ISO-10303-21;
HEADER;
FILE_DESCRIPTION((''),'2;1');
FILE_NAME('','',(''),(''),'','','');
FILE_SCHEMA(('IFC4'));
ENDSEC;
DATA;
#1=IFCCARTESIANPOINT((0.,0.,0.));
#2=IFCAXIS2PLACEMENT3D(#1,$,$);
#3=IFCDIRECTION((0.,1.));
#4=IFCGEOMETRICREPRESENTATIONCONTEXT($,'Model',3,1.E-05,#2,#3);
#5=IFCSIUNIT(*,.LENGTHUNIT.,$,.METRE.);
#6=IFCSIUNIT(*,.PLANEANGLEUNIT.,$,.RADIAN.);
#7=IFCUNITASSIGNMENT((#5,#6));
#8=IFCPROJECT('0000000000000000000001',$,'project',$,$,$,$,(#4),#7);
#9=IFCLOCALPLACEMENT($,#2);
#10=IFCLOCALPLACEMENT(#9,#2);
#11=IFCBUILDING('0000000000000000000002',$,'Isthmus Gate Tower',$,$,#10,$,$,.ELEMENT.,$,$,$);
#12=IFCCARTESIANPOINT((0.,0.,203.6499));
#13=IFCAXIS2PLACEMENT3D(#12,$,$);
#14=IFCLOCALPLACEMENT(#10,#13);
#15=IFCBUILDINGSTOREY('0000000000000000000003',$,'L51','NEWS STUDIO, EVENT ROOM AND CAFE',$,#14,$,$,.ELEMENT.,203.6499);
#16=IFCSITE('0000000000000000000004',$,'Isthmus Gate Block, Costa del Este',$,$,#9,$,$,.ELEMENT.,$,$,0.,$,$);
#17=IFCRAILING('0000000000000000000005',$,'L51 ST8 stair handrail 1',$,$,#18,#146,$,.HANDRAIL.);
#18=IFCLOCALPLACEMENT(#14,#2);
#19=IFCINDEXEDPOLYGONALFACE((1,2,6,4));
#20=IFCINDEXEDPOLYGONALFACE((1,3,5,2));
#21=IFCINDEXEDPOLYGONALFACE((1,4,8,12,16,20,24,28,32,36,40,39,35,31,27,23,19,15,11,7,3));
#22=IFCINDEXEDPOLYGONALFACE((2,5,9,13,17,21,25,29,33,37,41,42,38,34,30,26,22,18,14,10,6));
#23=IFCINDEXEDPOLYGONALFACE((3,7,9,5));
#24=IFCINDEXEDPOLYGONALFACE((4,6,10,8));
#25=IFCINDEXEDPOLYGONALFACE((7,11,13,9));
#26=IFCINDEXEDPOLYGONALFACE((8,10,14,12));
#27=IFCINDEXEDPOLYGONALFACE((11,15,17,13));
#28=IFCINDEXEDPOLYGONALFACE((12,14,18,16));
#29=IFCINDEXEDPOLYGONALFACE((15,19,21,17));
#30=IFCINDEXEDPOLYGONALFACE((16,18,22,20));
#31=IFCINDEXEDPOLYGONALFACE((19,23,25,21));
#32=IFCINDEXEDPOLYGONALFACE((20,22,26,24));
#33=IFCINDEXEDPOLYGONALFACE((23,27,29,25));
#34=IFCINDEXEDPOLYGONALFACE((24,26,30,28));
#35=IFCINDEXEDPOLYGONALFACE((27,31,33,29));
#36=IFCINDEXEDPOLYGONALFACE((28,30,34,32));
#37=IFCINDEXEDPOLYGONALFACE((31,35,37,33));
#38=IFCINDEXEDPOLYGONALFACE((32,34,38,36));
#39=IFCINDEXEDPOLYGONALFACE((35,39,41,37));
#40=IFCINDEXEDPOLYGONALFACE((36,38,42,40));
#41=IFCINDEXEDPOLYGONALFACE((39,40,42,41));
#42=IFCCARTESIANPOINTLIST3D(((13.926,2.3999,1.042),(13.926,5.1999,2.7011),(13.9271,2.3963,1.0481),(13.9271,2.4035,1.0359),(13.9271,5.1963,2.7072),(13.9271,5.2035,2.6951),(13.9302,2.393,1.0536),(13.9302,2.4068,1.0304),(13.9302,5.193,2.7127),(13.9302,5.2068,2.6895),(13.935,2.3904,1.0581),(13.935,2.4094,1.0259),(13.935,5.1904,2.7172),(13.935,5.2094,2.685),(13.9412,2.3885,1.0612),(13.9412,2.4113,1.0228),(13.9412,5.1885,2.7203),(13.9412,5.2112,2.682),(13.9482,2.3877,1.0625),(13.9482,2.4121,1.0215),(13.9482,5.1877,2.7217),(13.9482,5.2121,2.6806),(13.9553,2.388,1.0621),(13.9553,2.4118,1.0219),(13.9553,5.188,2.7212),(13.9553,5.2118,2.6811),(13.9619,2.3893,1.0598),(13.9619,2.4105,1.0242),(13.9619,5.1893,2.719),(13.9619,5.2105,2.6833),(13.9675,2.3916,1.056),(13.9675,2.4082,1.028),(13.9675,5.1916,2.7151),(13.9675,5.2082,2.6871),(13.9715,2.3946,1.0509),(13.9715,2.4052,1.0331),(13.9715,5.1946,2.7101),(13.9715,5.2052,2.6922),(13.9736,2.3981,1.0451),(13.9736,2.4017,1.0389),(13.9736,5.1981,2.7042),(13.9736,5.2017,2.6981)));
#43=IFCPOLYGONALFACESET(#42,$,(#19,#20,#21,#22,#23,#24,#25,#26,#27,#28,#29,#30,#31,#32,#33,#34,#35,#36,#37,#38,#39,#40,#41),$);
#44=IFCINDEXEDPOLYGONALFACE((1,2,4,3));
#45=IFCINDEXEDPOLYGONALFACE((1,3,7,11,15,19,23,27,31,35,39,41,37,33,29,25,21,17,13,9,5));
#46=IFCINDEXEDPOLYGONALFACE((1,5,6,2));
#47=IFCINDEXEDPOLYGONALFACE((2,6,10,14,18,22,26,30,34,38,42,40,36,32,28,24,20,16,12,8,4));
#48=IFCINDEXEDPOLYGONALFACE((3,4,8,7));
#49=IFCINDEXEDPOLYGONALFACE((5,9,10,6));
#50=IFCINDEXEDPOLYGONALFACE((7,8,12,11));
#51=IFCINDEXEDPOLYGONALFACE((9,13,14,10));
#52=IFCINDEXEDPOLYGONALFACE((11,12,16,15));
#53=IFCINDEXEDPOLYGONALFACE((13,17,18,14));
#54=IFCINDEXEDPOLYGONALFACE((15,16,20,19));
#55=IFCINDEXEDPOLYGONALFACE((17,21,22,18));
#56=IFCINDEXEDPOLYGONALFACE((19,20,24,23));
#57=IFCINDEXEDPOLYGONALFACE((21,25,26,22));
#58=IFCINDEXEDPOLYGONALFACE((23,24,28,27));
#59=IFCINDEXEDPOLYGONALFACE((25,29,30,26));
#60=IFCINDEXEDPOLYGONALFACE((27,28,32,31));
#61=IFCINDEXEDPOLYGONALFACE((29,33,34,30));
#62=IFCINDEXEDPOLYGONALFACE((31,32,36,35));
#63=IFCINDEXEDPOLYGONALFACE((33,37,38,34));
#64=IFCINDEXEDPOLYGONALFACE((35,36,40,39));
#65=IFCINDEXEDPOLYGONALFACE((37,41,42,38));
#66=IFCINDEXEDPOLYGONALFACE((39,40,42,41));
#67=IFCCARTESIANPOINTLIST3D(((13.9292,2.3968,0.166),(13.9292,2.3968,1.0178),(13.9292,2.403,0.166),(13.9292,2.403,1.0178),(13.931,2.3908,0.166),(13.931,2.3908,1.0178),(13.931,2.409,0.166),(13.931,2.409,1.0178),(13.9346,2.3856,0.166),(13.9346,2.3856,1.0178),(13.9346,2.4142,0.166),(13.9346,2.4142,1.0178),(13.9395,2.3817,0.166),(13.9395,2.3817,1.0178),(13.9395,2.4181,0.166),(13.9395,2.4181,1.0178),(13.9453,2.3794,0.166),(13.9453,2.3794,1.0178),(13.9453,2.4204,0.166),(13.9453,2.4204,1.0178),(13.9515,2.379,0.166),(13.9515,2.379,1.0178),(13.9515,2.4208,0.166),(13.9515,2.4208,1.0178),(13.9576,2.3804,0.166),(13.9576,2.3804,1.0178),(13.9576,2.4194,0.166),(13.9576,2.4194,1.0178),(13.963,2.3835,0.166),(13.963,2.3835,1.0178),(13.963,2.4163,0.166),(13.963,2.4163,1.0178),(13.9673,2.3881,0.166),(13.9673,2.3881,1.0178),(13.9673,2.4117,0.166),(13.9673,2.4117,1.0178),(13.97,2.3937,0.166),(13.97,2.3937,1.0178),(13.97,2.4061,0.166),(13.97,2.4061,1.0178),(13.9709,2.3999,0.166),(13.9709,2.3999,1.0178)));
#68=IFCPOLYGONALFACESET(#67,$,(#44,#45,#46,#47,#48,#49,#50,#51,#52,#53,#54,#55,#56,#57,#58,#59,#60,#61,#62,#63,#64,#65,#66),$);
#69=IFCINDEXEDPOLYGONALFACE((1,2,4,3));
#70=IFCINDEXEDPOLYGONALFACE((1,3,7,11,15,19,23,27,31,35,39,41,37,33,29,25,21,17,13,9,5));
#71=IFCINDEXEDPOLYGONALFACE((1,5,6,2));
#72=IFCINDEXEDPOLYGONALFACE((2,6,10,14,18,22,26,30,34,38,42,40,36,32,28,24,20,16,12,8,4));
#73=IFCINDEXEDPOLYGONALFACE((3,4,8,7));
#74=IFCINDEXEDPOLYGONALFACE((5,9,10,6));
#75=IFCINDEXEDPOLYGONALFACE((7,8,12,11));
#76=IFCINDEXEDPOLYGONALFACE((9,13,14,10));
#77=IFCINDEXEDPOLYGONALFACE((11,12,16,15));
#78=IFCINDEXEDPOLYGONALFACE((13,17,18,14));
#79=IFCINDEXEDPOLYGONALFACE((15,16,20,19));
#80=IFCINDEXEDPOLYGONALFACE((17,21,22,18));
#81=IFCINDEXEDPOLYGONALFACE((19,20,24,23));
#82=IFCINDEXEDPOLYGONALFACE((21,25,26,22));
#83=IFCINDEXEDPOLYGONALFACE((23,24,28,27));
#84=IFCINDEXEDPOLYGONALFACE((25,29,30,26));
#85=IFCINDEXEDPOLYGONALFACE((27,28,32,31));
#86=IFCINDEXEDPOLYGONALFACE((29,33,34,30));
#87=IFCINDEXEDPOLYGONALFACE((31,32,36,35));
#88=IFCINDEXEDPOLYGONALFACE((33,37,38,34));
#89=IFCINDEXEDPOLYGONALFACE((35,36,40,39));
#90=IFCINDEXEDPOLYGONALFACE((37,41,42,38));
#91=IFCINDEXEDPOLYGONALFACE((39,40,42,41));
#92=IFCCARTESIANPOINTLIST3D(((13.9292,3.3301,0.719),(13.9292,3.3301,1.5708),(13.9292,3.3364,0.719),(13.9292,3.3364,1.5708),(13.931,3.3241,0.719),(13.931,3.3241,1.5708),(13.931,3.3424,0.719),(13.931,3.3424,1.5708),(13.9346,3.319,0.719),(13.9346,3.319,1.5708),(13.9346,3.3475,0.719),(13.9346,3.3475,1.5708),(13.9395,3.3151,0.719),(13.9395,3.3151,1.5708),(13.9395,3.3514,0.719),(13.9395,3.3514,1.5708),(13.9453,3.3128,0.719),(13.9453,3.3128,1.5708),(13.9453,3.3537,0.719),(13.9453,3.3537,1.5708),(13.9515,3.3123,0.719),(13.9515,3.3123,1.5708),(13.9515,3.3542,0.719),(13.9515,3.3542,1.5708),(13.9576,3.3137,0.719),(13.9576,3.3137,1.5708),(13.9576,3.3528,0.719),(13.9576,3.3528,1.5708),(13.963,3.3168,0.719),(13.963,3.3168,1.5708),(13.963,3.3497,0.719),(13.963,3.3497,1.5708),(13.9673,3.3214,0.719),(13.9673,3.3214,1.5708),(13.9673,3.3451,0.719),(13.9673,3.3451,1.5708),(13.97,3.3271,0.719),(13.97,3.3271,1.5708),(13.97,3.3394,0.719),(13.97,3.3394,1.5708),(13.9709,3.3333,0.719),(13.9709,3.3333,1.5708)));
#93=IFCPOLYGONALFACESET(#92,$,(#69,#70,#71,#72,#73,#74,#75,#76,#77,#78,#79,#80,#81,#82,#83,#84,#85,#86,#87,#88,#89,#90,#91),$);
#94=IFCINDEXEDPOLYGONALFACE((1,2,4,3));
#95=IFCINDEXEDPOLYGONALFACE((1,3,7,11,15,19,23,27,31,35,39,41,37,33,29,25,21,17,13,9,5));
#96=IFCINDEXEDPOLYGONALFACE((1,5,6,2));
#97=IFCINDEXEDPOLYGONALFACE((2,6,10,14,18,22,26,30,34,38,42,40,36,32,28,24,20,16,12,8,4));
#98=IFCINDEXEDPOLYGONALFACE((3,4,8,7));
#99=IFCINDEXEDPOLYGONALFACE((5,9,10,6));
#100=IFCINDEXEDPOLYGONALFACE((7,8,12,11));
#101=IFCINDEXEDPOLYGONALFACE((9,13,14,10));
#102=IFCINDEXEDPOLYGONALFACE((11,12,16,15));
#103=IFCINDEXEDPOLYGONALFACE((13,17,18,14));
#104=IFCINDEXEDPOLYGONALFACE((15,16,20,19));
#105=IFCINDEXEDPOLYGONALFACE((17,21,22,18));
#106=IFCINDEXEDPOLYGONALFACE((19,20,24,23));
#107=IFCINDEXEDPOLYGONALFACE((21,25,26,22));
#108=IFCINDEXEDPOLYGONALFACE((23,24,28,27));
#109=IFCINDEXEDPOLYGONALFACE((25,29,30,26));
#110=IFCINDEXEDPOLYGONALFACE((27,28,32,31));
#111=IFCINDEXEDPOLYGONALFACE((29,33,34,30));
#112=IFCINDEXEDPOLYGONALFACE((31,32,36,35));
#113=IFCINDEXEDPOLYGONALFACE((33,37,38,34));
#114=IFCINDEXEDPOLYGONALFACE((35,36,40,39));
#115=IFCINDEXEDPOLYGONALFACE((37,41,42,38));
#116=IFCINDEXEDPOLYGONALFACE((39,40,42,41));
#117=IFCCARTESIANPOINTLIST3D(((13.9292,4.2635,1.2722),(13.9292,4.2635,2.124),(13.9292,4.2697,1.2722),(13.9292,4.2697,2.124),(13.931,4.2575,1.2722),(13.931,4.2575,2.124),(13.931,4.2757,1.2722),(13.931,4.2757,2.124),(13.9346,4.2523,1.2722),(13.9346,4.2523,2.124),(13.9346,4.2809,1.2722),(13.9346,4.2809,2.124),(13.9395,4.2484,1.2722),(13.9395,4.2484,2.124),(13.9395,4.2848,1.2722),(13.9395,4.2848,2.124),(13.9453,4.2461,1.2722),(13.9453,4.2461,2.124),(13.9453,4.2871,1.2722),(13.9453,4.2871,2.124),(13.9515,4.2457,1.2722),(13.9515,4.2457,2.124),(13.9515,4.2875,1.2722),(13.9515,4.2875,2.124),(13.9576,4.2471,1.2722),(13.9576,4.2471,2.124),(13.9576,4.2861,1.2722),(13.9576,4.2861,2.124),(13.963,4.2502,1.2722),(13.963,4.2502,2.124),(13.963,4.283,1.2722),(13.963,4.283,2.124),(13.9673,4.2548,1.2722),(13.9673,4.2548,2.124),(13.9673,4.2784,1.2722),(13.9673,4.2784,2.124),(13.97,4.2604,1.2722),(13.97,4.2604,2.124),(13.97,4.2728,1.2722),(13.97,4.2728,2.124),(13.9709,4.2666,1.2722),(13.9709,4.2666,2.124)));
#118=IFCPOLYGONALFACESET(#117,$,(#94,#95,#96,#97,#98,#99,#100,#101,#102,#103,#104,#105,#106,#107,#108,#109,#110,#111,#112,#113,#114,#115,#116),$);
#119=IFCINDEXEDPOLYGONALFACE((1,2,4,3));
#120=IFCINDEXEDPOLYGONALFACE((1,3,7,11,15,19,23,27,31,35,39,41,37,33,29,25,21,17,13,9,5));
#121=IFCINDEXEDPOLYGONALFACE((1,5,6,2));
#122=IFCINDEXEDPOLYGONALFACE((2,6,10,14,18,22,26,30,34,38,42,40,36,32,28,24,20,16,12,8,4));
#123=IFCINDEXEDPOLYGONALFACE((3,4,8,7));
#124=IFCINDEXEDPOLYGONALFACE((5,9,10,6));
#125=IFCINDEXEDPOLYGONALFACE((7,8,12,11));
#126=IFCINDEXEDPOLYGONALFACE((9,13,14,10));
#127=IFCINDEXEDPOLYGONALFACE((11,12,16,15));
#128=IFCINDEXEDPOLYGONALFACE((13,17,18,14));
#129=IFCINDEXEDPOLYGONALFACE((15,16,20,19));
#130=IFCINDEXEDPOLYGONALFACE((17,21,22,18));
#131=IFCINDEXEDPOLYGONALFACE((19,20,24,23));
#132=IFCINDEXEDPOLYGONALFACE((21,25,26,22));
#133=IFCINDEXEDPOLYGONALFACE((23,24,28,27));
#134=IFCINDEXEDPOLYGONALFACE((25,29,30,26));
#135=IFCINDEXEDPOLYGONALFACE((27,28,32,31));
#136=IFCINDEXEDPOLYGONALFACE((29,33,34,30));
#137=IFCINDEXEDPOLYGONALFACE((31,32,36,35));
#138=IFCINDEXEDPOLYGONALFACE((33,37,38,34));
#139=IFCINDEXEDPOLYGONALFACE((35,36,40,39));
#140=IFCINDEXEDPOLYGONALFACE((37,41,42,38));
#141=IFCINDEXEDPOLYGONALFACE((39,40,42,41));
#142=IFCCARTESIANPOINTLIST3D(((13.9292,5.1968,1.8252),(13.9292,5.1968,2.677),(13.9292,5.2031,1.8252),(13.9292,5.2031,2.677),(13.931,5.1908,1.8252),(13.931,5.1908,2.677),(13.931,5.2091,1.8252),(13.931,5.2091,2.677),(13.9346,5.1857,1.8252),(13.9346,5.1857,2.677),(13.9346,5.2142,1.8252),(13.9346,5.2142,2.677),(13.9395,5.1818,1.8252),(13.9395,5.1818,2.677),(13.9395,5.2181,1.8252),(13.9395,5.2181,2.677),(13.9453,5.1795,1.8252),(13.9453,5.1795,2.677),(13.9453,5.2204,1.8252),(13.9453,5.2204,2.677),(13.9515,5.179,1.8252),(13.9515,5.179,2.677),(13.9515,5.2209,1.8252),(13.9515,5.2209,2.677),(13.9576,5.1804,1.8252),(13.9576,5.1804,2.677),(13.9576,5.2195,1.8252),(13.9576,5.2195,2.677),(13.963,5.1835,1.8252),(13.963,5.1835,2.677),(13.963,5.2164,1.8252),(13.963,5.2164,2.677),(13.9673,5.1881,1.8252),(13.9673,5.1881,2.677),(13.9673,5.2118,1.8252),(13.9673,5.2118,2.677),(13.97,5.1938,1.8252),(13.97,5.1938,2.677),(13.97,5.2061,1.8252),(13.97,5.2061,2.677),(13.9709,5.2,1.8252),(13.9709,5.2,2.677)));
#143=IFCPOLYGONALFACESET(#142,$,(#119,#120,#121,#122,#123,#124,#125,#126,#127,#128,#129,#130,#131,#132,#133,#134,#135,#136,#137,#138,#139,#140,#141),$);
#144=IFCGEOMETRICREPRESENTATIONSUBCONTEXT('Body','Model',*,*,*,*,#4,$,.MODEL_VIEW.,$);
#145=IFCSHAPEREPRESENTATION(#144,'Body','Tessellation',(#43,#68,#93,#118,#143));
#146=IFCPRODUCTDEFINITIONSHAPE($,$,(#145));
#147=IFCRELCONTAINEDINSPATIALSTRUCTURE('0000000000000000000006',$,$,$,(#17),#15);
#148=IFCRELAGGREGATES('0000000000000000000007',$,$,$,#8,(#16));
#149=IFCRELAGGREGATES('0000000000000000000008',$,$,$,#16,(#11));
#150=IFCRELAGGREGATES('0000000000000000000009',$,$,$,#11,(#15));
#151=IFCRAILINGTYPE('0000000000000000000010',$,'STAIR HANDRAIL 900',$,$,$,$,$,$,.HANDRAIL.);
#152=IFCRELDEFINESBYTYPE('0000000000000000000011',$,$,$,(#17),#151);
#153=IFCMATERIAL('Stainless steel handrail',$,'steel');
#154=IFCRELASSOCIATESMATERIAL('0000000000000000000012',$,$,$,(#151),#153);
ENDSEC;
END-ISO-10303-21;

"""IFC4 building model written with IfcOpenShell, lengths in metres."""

from ifc_helpers import new_model, si_unit, direction, frame, origin, origin_2d, place, context, subcontext, project, spatial, circle, extrude, material, type_object, element, save


model = new_model("IFC4")

# Units and contexts
model_context = context("Model", 3, precision=1e-05, world=origin(), true_north=direction((0.0, 1.0)))
body_context = subcontext(model_context, "Body", "Model", "MODEL_VIEW")
ifc_project = project(units=[si_unit("LENGTHUNIT", "METRE"), si_unit("PLANEANGLEUNIT", "RADIAN")], contexts=[model_context])

# Site, building, storey
site_placement = place(None, origin())
site = spatial("IfcSite", under=ifc_project, at=site_placement, Name="Isthmus Gate Block, Costa del Este", CompositionType="ELEMENT", RefElevation=0.0)
building_placement = place(site_placement, origin())
building = spatial("IfcBuilding", under=site, at=building_placement, Name="Isthmus Gate Tower", CompositionType="ELEMENT")
storey_placement = place(building_placement, frame((0.0, 0.0, 203.6499)))
storey = spatial("IfcBuildingStorey", under=building, at=storey_placement, Name="L51", Description="NEWS STUDIO, EVENT ROOM AND CAFE", CompositionType="ELEMENT", Elevation=203.6499)

# Railing
ifc_material_1 = material(Name="Stainless steel handrail", Category="steel")
railing_type_1 = type_object("IfcRailingType", Name="STAIR HANDRAIL 900", PredefinedType="HANDRAIL", material=ifc_material_1)
for number, where, name in (
    (1, (13.95, 2.3999, 0.166), "L51 ST8 stair handrail 1"),
):
    element("IfcRailing", number, at=place(storey_placement, frame(where)), inside=storey, type_object=railing_type_1, Name=name, PredefinedType="HANDRAIL", context=body_context, shape_type="SweptSolid", body=[
        extrude(circle(Radius=0.0239, at=origin_2d()), frame((0.0, 0.0, 0.876), z_axis=(0.0, 0.860306, 0.509778), x_axis=(-1.0, 0.0, 0.0)), (0.0, 0.0, 1.0), 3.2546),
        extrude(circle(Radius=0.021, at=origin_2d()), origin(), (0.0, 0.0, 1.0), 0.8518),
        extrude(circle(Radius=0.021, at=origin_2d()), frame((0.0, 0.9333, 0.553)), (0.0, 0.0, 1.0), 0.8518),
        extrude(circle(Radius=0.021, at=origin_2d()), frame((0.0, 1.8667, 1.1062)), (0.0, 0.0, 1.0), 0.8518),
        extrude(circle(Radius=0.021, at=origin_2d()), frame((0.0, 2.8, 1.6592)), (0.0, 0.0, 1.0), 0.8518),
    ])

save(model, "model.ifc")
